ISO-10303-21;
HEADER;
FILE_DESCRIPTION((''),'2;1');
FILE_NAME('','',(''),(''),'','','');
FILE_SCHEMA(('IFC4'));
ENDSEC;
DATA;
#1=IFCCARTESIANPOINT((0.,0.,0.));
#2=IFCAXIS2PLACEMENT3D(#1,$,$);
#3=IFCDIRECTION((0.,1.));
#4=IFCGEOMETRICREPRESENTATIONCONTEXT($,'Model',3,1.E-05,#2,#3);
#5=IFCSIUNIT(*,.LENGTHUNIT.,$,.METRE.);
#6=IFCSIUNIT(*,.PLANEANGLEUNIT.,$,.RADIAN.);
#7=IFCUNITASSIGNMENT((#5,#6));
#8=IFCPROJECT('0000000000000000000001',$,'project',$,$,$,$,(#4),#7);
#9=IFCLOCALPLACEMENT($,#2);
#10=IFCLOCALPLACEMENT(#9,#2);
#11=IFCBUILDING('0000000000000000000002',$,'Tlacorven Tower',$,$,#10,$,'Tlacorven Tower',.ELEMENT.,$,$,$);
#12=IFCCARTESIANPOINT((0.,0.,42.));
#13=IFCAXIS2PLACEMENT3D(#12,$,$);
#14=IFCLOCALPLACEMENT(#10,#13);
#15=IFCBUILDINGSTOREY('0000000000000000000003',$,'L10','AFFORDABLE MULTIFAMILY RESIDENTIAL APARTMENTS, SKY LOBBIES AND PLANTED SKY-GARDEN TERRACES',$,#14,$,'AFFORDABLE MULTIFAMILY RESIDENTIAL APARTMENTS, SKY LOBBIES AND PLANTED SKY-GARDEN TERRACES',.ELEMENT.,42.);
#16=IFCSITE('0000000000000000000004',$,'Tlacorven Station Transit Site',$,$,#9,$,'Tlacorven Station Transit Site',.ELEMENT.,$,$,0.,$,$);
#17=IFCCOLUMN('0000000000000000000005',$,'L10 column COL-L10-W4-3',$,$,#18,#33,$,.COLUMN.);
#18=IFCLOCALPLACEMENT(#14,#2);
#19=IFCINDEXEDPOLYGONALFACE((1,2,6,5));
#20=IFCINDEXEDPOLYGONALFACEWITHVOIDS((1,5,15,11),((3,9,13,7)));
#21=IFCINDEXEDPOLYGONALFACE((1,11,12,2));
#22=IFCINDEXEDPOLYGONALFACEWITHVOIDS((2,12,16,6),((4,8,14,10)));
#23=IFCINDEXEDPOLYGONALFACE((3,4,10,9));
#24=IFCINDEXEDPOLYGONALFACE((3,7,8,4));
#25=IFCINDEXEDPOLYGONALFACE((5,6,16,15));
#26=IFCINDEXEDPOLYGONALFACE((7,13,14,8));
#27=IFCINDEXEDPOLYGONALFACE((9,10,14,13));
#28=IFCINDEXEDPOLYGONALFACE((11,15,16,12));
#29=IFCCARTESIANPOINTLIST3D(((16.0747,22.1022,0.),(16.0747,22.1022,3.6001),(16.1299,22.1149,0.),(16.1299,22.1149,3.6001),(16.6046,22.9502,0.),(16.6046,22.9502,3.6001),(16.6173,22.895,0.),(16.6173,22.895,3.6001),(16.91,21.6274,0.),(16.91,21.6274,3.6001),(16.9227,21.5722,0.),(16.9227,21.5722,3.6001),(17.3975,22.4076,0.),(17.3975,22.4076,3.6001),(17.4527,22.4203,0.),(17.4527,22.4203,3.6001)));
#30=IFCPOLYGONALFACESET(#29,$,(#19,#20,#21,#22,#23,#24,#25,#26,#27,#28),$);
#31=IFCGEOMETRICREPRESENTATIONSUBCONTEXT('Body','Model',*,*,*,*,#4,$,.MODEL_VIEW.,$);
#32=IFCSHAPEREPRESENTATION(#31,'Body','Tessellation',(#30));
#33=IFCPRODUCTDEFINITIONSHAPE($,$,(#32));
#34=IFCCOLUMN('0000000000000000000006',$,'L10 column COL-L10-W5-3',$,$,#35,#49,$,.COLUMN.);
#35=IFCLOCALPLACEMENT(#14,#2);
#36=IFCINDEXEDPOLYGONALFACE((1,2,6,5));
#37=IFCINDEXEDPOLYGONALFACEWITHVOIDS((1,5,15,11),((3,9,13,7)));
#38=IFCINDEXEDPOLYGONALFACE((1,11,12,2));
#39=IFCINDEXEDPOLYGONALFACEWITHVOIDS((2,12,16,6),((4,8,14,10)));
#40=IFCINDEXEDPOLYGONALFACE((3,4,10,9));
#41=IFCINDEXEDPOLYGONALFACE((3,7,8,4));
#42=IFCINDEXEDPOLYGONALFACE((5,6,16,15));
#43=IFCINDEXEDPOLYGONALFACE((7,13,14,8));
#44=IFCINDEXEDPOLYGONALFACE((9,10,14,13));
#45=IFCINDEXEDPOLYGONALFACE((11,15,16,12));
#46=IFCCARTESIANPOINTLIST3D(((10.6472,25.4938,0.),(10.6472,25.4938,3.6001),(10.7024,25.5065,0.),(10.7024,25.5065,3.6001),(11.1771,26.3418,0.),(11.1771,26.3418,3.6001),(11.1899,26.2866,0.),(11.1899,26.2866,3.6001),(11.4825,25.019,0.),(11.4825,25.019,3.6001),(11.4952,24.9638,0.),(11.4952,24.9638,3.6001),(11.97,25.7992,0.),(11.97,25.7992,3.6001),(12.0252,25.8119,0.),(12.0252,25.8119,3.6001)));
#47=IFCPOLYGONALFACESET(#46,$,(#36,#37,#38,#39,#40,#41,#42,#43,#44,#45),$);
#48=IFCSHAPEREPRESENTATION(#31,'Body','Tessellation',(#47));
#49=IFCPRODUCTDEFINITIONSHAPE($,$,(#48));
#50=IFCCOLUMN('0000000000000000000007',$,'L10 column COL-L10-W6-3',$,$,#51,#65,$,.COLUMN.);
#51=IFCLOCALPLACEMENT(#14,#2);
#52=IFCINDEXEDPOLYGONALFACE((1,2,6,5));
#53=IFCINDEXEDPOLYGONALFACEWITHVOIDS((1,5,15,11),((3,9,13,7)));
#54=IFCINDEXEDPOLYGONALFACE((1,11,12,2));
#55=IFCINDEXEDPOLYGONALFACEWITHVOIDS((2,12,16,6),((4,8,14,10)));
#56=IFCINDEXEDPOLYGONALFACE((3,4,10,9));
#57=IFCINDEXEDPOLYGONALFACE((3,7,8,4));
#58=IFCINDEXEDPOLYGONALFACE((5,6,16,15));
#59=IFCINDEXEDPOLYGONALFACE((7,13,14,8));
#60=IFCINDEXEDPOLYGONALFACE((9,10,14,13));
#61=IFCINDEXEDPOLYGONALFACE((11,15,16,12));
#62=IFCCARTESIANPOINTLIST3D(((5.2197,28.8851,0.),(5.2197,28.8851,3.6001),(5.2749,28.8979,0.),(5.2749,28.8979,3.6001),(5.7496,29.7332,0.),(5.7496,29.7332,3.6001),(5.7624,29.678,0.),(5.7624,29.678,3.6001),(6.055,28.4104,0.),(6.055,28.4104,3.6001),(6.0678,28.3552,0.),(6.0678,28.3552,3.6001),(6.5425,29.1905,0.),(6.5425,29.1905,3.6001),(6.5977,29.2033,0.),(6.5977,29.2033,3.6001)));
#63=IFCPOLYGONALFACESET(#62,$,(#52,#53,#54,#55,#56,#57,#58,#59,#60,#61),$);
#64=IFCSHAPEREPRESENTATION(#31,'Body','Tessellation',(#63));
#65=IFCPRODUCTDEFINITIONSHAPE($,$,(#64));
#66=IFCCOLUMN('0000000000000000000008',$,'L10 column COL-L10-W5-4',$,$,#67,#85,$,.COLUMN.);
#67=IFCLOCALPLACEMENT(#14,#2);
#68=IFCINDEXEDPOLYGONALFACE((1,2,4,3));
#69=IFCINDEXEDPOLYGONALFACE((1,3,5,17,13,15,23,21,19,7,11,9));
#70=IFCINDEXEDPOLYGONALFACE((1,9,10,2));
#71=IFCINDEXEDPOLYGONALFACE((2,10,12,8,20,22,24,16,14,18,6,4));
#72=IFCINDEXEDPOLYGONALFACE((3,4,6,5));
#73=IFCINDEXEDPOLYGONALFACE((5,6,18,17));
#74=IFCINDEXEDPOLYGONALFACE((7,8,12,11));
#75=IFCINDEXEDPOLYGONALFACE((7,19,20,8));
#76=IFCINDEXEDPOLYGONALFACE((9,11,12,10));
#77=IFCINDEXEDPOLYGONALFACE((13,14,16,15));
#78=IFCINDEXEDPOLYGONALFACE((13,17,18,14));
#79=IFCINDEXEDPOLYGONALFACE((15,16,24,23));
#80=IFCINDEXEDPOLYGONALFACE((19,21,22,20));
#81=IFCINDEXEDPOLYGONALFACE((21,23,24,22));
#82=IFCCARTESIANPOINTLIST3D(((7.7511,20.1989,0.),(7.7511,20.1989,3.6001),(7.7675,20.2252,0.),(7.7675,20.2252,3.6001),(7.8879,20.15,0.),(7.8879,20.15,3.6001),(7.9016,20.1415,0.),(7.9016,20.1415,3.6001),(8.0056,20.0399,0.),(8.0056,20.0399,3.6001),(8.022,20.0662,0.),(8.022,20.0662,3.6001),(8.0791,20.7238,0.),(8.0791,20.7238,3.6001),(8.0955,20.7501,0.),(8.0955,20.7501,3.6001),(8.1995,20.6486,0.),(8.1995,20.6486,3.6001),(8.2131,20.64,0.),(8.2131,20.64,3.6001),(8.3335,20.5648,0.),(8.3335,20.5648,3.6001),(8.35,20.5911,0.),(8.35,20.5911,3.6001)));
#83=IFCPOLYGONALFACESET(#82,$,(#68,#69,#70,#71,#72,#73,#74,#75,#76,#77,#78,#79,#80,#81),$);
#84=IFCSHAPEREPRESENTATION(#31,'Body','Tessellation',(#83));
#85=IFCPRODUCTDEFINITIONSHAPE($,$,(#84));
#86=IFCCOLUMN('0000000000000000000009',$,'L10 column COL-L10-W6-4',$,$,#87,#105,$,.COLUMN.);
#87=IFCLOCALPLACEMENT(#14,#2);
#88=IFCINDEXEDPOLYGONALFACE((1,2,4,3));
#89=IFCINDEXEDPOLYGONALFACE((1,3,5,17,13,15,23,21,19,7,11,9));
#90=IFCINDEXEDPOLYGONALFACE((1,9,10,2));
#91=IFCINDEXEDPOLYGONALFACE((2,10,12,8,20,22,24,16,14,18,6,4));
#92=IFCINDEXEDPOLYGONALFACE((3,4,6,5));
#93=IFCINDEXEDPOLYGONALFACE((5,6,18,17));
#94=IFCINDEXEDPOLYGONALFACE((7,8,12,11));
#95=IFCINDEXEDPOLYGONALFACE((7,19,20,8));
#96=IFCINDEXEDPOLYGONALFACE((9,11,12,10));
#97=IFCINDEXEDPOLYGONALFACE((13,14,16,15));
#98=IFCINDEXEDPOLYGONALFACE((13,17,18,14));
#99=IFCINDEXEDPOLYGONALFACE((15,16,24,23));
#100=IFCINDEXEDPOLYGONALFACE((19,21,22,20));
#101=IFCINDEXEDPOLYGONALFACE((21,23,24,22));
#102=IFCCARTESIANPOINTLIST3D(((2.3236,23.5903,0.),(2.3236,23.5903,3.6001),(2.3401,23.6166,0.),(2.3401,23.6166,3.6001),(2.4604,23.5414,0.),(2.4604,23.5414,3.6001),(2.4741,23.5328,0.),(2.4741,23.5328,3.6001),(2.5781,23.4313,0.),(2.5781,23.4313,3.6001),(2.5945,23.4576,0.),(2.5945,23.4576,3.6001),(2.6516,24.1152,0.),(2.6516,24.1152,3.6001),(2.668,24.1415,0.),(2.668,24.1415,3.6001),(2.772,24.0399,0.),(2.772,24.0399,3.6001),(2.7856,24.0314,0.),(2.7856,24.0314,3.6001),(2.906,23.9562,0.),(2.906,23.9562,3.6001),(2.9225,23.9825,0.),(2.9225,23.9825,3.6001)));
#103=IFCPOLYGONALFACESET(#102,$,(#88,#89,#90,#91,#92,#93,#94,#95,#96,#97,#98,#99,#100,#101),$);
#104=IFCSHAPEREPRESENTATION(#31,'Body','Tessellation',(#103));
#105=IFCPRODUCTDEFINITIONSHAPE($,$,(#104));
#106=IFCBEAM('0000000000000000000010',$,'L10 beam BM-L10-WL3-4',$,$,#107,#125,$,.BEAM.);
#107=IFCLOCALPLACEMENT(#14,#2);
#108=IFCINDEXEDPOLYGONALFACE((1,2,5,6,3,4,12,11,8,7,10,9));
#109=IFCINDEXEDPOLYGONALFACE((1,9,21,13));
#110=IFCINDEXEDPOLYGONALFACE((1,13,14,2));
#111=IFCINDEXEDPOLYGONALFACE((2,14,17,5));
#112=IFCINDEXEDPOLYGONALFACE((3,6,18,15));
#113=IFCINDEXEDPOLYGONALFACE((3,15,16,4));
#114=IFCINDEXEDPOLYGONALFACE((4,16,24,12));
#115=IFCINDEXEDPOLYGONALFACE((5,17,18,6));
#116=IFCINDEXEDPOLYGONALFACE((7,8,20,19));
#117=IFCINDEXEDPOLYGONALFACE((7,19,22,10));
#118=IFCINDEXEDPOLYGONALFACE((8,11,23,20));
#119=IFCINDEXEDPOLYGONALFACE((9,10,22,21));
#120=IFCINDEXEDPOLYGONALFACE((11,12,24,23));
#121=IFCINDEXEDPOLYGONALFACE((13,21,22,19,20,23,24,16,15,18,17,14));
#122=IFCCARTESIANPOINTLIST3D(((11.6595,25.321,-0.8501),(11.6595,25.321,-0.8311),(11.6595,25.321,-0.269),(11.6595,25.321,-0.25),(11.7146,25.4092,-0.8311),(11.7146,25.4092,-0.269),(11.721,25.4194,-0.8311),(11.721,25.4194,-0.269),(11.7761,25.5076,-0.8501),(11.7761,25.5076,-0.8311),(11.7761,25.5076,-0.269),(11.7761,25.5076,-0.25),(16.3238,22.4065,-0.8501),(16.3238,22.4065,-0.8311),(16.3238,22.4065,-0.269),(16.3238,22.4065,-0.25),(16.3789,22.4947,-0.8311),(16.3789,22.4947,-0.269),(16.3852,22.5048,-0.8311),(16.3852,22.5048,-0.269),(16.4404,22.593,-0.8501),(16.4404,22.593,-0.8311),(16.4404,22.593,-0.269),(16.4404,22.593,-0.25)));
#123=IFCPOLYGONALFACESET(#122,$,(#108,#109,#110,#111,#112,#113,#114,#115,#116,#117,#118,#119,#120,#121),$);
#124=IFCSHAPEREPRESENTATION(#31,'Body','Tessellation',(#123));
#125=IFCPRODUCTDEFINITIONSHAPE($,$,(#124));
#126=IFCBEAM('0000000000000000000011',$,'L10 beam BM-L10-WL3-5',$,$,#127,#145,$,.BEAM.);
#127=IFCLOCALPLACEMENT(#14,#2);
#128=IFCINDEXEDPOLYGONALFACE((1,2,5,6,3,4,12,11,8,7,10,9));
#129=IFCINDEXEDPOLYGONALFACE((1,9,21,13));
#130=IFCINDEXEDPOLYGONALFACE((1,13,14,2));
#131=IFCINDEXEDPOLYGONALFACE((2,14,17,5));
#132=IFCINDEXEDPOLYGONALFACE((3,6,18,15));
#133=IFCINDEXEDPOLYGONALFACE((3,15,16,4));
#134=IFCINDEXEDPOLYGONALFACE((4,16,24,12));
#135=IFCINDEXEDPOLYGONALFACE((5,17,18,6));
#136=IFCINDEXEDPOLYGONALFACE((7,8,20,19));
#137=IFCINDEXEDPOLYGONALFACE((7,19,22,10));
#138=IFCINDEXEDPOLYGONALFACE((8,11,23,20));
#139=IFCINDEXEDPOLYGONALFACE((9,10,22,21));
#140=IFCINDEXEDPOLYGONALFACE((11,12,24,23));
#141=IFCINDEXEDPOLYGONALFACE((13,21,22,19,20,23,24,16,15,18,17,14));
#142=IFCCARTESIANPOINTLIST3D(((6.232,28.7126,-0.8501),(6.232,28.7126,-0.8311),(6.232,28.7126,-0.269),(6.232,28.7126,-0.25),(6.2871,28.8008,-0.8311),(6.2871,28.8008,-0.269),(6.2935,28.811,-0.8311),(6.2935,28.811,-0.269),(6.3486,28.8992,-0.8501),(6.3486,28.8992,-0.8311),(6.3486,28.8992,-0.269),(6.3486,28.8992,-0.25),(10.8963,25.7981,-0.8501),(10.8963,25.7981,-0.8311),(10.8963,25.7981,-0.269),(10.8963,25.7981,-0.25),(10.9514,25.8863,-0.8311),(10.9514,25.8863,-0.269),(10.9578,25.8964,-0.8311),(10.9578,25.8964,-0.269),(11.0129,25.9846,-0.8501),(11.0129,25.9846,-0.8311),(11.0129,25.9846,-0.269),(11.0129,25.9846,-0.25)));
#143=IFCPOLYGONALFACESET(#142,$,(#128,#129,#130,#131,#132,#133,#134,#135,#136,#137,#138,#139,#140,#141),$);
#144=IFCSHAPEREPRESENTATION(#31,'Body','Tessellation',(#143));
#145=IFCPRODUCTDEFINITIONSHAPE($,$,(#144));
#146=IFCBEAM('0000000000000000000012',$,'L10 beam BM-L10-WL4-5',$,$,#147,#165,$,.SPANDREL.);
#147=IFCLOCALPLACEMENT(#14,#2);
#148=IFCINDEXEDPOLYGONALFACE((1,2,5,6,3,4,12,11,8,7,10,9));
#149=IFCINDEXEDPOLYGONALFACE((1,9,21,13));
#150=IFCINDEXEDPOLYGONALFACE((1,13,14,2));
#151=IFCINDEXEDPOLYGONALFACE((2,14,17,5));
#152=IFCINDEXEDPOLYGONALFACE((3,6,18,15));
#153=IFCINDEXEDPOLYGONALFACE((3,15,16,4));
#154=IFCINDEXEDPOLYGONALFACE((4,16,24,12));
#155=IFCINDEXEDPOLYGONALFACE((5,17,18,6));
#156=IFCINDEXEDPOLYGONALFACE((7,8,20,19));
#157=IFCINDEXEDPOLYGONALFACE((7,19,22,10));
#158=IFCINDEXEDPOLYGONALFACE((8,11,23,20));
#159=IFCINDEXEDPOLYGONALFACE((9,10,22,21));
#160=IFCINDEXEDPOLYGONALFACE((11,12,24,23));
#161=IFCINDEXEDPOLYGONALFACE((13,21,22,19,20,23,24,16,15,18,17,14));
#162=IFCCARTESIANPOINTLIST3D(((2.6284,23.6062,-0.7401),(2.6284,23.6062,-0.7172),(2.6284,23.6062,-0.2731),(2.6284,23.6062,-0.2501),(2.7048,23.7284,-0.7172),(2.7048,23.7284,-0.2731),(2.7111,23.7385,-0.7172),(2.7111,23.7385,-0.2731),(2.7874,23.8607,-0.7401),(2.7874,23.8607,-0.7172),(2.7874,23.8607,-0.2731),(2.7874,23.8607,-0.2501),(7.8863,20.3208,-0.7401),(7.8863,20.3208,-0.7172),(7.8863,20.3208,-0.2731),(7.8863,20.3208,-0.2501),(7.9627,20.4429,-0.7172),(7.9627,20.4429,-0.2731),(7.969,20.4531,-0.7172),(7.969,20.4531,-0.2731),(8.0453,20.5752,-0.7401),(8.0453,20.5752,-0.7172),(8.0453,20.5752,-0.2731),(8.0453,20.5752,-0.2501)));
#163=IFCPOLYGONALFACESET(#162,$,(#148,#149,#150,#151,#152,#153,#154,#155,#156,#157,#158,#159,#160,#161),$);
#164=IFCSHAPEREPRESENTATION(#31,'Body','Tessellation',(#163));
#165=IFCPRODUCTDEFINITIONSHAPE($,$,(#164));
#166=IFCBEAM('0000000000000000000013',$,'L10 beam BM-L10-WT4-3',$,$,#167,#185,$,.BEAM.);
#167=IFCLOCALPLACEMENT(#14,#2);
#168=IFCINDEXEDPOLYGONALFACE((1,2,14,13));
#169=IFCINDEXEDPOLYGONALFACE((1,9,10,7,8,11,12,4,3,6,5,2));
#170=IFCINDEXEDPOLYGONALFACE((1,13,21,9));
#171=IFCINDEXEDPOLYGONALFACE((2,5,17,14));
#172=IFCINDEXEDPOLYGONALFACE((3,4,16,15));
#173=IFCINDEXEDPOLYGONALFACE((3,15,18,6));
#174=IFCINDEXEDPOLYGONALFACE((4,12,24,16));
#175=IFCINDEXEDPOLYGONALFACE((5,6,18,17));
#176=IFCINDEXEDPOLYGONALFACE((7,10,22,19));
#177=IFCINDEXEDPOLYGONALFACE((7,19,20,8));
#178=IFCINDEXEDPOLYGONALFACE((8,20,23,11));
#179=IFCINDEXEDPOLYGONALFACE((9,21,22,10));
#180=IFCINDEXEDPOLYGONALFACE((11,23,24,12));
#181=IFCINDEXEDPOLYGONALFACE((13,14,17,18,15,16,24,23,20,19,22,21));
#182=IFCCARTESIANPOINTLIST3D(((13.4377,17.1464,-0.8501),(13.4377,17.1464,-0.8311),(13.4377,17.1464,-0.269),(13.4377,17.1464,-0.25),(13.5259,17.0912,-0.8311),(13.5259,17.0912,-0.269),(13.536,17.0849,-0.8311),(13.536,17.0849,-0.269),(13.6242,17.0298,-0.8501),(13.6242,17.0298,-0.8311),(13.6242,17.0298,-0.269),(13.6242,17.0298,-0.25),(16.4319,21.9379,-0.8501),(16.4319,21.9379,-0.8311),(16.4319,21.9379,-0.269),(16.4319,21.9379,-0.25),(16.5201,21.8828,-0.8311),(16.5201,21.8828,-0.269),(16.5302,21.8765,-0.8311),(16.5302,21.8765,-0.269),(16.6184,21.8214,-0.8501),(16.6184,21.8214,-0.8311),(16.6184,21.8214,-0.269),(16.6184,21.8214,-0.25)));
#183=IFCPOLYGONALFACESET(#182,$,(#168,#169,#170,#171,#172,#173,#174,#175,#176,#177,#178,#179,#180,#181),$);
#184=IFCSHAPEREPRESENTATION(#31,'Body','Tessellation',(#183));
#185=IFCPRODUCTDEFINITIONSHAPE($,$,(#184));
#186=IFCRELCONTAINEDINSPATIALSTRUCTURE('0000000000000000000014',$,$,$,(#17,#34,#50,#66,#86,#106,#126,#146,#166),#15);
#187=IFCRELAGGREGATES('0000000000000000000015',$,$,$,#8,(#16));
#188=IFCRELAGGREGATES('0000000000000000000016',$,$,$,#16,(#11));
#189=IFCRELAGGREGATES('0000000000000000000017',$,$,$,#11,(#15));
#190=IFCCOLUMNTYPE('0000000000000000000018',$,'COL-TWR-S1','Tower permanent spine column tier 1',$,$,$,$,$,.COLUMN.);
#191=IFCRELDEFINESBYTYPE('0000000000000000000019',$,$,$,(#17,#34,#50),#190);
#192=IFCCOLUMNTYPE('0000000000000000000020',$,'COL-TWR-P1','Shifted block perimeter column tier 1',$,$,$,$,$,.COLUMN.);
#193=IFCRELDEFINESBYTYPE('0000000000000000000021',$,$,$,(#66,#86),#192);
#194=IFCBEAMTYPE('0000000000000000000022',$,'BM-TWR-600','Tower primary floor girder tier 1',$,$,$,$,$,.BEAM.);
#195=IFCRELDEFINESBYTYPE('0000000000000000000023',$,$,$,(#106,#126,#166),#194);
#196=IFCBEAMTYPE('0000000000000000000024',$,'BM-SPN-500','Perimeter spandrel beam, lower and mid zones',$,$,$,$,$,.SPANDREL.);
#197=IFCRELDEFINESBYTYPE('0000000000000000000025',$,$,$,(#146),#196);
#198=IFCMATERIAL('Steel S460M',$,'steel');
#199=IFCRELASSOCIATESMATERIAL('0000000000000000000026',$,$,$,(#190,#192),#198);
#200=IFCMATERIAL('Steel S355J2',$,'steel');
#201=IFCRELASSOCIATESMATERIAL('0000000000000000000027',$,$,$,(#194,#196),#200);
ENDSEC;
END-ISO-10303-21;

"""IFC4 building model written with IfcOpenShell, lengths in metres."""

from ifc_helpers import new_model, si_unit, direction, frame, origin, origin_2d, place, context, subcontext, project, spatial, hollow_rectangle, i_section, extrude, source, transform, mapped, material, material_profile, profile_set, type_object, element, save


model = new_model("IFC4")

# Units and contexts
model_context = context("Model", 3, precision=1e-05, world=origin(), true_north=direction((0.0, 1.0)))
body_context = subcontext(model_context, "Body", "Model", "MODEL_VIEW")
ifc_project = project(units=[si_unit("LENGTHUNIT", "METRE"), si_unit("PLANEANGLEUNIT", "RADIAN")], contexts=[model_context])

# Site, building, storey
site_placement = place(None, origin())
site = spatial("IfcSite", under=ifc_project, at=site_placement, Name="Tlacorven Station Transit Site", LongName="Tlacorven Station Transit Site", CompositionType="ELEMENT", RefElevation=0.0)
building_placement = place(site_placement, origin())
building = spatial("IfcBuilding", under=site, at=building_placement, Name="Tlacorven Tower", LongName="Tlacorven Tower", CompositionType="ELEMENT")
storey_placement = place(building_placement, frame((0.0, 0.0, 42.0)))
storey = spatial("IfcBuildingStorey", under=building, at=storey_placement, Name="L10", Description="AFFORDABLE MULTIFAMILY RESIDENTIAL APARTMENTS, SKY LOBBIES AND PLANTED SKY-GARDEN TERRACES", LongName="AFFORDABLE MULTIFAMILY RESIDENTIAL APARTMENTS, SKY LOBBIES AND PLANTED SKY-GARDEN TERRACES", CompositionType="ELEMENT", Elevation=42.0)

# Columns
ifc_material_1 = material(Name="Steel S460M", Category="steel")
ifc_material_profile_1 = material_profile(ifc_material_1, hollow_rectangle(XDim=1.0, YDim=1.0, WallThickness=0.04, at=origin_2d()), Name="BOX 1000X1000X40")
ifc_profile_set_1 = profile_set([ifc_material_profile_1], Name="Steel S460M")
column_type_1 = type_object("IfcColumnType", Name="COL-TWR-S1", Description="Tower permanent spine column tier 1", PredefinedType="COLUMN", material=ifc_profile_set_1)
shared_shape_1 = source(origin(), body_context, "Body", "SweptSolid", [
    extrude(hollow_rectangle(XDim=1.0, YDim=1.0, WallThickness=0.04, at=origin_2d()), origin(), (0.0, 0.0, 1.0), 3.6001),
])
for number, where, z_axis, x_axis, name in (
    (1, (16.7637, 22.2612, 0.0), (0.0, 0.0, 1.0), (-0.848048, 0.529919, 0.0), "L10 column COL-L10-W4-3"),
    (2, (11.3362, 25.6528, 0.0), (0.0, 0.0, 1.0), (-0.848048, 0.529919, 0.0), "L10 column COL-L10-W5-3"),
    (3, (5.9087, 29.0442, 0.0), (0.0, 0.0, 1.0), (-0.848048, 0.529919, 0.0), "L10 column COL-L10-W6-3"),
):
    element("IfcColumn", number, at=place(storey_placement, frame(where, z_axis=z_axis, x_axis=x_axis)), inside=storey, type_object=column_type_1, Name=name, PredefinedType="COLUMN", context=body_context, shape_type="MappedRepresentation", body=[
        mapped(shared_shape_1, transform((0.0, 0.0, 0.0), scale=1.0)),
    ])
ifc_material_profile_2 = material_profile(ifc_material_1, i_section(OverallWidth=0.3, OverallDepth=0.6499, WebThickness=0.0161, FlangeThickness=0.031, at=origin_2d()), Name="HEB 650")
ifc_profile_set_2 = profile_set([ifc_material_profile_2], Name="Steel S460M")
column_type_2 = type_object("IfcColumnType", Name="COL-TWR-P1", Description="Shifted block perimeter column tier 1", PredefinedType="COLUMN", material=ifc_profile_set_2)
shared_shape_2 = source(origin(), body_context, "Body", "SweptSolid", [
    extrude(i_section(OverallWidth=0.3, OverallDepth=0.6499, WebThickness=0.0161, FlangeThickness=0.031, at=origin_2d()), origin(), (0.0, 0.0, 1.0), 3.6001),
])
for number, where, z_axis, x_axis, name in (
    (4, (8.0505, 20.395, 0.0), (0.0, 0.0, 1.0), (-0.848048, 0.529919, 0.0), "L10 column COL-L10-W5-4"),
    (5, (2.623, 23.7864, 0.0), (0.0, 0.0, 1.0), (-0.848048, 0.529919, 0.0), "L10 column COL-L10-W6-4"),
):
    element("IfcColumn", number, at=place(storey_placement, frame(where, z_axis=z_axis, x_axis=x_axis)), inside=storey, type_object=column_type_2, Name=name, PredefinedType="COLUMN", context=body_context, shape_type="MappedRepresentation", body=[
        mapped(shared_shape_2, transform((0.0, 0.0, 0.0), scale=1.0)),
    ])

# Beams
ifc_material_2 = material(Name="Steel S355J2", Category="steel")
ifc_material_profile_3 = material_profile(ifc_material_2, i_section(OverallWidth=0.22, OverallDepth=0.6001, WebThickness=0.012, FlangeThickness=0.019, at=origin_2d()), Name="IPE 600")
ifc_profile_set_3 = profile_set([ifc_material_profile_3], Name="Steel S355J2")
beam_type_1 = type_object("IfcBeamType", Name="BM-TWR-600", Description="Tower primary floor girder tier 1", PredefinedType="BEAM", material=ifc_profile_set_3)
shared_shape_3 = source(origin(), body_context, "Body", "SweptSolid", [
    extrude(i_section(OverallWidth=0.22, OverallDepth=0.6001, WebThickness=0.012, FlangeThickness=0.019, at=origin_2d()), origin(), (0.0, 0.0, 1.0), 5.5),
])
for number, where, z_axis, x_axis, name in (
    (6, (16.3821, 22.4998, -0.55), (-0.848051, 0.529915, 0.0), (-0.529915, -0.848051, 0.0), "L10 beam BM-L10-WL3-4"),
    (7, (10.9546, 25.8914, -0.55), (-0.848051, 0.529915, 0.0), (-0.529915, -0.848051, 0.0), "L10 beam BM-L10-WL3-5"),
):
    element("IfcBeam", number, at=place(storey_placement, frame(where, z_axis=z_axis, x_axis=x_axis)), inside=storey, type_object=beam_type_1, Name=name, PredefinedType="BEAM", context=body_context, shape_type="MappedRepresentation", body=[
        mapped(shared_shape_3, transform((0.0, 0.0, 0.0), scale=1.0)),
    ])
ifc_material_profile_4 = material_profile(ifc_material_2, i_section(OverallWidth=0.3, OverallDepth=0.49, WebThickness=0.012, FlangeThickness=0.0229, at=origin_2d()), Name="HEA 500")
ifc_profile_set_4 = profile_set([ifc_material_profile_4], Name="Steel S355J2")
beam_type_2 = type_object("IfcBeamType", Name="BM-SPN-500", Description="Perimeter spandrel beam, lower and mid zones", PredefinedType="SPANDREL", material=ifc_profile_set_4)
shared_shape_4 = source(origin(), body_context, "Body", "SweptSolid", [
    extrude(i_section(OverallWidth=0.3, OverallDepth=0.49, WebThickness=0.012, FlangeThickness=0.0229, at=origin_2d()), origin(), (0.0, 0.0, 1.0), 6.2),
])
beam_1_placement = place(storey_placement, frame((7.9658, 20.448, -0.4951), z_axis=(-0.848051, 0.529914, 0.0), x_axis=(-0.529914, -0.848051, 0.0)))
element("IfcBeam", 8, at=beam_1_placement, inside=storey, type_object=beam_type_2, Name="L10 beam BM-L10-WL4-5", PredefinedType="SPANDREL", context=body_context, shape_type="MappedRepresentation", body=[
    mapped(shared_shape_4, transform((0.0, 0.0, 0.0), scale=1.0)),
])
shared_shape_5 = source(origin(), body_context, "Body", "SweptSolid", [
    extrude(i_section(OverallWidth=0.22, OverallDepth=0.6001, WebThickness=0.012, FlangeThickness=0.019, at=origin_2d()), origin(), (0.0, 0.0, 1.0), 5.6501),
])
for number, where, z_axis, x_axis, name in (
    (9, (16.5251, 21.8796, -0.55), (-0.529929, -0.848042, 0.0), (0.848042, -0.529929, 0.0), "L10 beam BM-L10-WT4-3"),
):
    element("IfcBeam", number, at=place(storey_placement, frame(where, z_axis=z_axis, x_axis=x_axis)), inside=storey, type_object=beam_type_1, Name=name, PredefinedType="BEAM", context=body_context, shape_type="MappedRepresentation", body=[
        mapped(shared_shape_5, transform((0.0, 0.0, 0.0), scale=1.0)),
    ])

save(model, "model.ifc")
